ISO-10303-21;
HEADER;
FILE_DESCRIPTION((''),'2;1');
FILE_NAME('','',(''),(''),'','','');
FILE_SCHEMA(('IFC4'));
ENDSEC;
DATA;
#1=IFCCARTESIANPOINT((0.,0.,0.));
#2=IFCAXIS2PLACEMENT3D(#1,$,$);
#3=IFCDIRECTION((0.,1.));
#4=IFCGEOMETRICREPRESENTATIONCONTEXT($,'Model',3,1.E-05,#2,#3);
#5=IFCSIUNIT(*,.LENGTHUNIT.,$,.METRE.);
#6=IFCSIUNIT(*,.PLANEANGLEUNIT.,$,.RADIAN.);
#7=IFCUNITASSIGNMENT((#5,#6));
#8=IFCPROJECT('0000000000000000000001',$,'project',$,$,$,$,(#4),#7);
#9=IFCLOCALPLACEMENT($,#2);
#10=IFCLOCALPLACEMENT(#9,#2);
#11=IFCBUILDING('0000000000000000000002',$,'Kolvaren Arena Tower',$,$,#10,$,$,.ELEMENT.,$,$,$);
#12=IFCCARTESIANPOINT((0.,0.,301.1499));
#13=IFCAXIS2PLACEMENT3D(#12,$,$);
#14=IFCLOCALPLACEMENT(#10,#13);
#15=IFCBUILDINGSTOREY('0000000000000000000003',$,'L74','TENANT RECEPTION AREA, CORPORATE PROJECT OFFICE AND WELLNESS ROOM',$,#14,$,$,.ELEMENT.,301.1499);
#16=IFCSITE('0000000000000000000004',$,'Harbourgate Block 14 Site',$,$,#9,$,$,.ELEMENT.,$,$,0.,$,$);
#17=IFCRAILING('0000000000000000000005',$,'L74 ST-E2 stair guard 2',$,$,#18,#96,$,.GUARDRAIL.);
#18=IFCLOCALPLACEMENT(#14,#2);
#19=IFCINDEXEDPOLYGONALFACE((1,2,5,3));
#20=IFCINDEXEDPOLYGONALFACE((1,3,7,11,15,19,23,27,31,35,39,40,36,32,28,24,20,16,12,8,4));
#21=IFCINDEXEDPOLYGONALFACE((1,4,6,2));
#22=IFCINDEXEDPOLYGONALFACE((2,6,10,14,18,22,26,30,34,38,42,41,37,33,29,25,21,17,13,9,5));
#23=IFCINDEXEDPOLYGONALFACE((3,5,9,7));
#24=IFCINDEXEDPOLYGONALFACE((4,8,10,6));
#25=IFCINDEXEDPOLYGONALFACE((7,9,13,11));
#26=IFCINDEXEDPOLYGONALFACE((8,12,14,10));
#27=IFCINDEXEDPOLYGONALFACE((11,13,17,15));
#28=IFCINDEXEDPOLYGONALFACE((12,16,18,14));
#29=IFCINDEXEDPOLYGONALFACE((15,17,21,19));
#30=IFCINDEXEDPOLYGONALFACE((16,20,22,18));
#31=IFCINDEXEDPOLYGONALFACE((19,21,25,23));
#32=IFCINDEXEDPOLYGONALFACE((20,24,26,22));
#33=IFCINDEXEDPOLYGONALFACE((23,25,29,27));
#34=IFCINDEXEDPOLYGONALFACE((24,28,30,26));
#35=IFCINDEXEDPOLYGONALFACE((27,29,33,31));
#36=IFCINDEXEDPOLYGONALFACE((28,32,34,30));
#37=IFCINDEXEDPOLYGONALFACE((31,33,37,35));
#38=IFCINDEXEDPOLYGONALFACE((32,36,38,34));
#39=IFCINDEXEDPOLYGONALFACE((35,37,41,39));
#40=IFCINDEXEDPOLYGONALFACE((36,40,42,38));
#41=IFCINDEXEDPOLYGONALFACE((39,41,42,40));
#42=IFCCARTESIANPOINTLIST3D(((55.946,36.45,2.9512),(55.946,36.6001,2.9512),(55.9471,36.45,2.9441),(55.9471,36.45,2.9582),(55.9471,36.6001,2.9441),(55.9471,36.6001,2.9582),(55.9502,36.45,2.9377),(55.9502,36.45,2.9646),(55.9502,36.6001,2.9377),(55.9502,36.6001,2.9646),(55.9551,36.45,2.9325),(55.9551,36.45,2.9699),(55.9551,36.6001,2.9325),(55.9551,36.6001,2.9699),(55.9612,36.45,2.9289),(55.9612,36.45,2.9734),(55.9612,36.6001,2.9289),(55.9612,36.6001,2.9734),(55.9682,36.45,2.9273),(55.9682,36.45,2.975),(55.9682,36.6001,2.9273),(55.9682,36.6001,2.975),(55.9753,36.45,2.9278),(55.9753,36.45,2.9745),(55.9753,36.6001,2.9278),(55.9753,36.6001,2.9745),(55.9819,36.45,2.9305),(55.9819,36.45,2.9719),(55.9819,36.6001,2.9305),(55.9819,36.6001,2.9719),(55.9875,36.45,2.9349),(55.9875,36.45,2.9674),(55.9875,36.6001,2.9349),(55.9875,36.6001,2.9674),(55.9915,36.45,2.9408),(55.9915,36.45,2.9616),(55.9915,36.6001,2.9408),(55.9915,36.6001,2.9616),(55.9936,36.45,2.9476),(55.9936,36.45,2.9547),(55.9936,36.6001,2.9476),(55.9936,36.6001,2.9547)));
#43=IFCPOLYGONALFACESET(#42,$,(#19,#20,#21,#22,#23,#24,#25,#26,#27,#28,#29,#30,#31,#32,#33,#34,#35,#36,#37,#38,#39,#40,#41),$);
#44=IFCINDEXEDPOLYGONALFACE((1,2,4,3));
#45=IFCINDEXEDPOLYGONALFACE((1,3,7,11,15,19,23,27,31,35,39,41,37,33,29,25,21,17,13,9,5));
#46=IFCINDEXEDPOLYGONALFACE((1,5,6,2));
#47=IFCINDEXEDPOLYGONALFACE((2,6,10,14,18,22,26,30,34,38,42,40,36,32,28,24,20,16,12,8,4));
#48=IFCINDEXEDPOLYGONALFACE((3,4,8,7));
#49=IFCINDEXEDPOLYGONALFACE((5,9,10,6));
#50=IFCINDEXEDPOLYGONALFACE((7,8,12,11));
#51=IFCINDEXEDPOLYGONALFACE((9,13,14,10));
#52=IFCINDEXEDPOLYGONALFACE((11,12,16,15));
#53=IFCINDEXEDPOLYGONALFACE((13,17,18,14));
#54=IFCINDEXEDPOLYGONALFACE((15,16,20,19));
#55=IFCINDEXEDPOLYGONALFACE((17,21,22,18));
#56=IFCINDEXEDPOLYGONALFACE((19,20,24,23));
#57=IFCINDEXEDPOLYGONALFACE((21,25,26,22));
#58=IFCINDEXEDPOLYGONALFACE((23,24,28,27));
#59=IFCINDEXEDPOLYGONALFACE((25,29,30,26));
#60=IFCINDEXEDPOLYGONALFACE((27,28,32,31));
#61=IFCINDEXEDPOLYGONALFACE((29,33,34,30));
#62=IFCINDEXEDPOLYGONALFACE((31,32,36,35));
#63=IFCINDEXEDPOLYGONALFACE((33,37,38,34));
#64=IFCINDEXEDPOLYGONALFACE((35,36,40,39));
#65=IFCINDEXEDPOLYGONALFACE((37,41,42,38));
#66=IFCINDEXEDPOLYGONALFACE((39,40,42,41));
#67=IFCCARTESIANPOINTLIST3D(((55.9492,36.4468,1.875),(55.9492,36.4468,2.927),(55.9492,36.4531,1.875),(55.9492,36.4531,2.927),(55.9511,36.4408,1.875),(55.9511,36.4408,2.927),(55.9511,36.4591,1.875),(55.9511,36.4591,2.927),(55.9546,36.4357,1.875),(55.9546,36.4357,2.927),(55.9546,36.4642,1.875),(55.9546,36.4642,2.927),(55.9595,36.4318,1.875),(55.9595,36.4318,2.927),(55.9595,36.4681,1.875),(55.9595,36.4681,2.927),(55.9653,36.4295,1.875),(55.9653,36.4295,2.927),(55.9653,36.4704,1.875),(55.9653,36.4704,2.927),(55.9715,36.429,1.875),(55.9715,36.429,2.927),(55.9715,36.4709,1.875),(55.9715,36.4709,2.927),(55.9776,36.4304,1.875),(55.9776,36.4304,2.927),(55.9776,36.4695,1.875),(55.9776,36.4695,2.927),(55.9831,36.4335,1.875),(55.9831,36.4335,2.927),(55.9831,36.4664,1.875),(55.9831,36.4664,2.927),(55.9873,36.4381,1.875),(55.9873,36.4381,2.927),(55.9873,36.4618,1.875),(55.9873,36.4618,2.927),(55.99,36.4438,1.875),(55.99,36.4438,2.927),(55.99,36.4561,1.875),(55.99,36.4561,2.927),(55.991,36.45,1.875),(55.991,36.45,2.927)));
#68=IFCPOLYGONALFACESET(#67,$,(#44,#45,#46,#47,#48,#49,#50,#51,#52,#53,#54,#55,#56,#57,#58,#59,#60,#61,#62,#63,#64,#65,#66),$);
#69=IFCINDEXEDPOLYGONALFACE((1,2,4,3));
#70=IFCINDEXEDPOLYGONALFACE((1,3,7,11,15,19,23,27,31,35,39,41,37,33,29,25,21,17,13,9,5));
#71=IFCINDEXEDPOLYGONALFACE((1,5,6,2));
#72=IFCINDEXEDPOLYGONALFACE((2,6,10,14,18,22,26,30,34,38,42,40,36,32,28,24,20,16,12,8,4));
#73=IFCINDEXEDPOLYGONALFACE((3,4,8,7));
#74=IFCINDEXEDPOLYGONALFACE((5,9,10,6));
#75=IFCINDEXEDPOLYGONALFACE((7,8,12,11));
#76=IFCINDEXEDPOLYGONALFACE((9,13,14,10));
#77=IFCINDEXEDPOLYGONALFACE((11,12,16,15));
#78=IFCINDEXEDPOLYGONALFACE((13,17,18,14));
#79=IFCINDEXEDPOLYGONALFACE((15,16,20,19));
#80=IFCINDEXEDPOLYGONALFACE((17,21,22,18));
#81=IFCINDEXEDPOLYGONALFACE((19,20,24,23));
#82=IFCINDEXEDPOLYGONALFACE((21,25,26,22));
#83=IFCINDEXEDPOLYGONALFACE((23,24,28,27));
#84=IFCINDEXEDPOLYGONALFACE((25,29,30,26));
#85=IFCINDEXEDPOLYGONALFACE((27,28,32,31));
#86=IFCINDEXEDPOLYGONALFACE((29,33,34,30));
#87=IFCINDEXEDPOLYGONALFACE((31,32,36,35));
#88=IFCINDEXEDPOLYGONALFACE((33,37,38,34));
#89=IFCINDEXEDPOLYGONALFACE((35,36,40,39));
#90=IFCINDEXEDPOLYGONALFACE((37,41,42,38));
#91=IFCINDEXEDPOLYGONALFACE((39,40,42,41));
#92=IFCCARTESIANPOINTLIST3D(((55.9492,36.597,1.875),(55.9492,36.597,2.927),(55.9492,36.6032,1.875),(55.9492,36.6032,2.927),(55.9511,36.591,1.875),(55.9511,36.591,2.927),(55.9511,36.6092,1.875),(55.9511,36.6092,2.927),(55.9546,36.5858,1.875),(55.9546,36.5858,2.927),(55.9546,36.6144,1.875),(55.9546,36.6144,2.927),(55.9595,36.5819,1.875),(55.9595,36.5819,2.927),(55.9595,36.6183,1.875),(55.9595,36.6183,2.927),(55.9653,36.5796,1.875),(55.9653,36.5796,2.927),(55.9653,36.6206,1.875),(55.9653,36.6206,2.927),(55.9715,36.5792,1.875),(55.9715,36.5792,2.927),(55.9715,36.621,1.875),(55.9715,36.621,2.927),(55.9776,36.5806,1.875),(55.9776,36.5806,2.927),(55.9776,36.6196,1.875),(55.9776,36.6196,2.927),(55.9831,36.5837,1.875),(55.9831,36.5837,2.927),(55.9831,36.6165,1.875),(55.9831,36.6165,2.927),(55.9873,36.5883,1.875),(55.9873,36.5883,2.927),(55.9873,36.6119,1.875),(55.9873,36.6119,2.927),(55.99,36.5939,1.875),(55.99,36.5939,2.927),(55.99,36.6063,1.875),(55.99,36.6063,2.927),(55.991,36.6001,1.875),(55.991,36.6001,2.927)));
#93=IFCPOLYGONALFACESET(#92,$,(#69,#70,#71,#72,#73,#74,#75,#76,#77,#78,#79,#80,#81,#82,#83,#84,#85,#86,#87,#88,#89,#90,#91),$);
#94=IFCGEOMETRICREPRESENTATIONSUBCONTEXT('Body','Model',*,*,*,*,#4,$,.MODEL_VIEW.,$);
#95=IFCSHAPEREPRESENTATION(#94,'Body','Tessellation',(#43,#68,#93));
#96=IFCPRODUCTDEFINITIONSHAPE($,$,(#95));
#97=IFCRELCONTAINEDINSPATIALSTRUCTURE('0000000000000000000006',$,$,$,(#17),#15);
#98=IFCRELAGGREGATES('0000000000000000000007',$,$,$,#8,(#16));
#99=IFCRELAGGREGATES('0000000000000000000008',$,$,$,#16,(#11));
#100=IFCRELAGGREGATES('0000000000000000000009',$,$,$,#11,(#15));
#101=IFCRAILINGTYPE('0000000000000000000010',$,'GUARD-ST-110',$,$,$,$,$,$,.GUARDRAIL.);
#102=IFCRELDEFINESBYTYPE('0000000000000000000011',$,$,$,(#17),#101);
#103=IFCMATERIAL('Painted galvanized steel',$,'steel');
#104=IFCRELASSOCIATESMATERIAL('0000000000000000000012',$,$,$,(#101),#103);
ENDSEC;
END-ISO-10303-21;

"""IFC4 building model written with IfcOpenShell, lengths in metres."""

from ifc_helpers import new_model, si_unit, direction, frame, origin, origin_2d, place, context, subcontext, project, spatial, circle, extrude, material, type_object, element, save


model = new_model("IFC4")

# Units and contexts
model_context = context("Model", 3, precision=1e-05, world=origin(), true_north=direction((0.0, 1.0)))
body_context = subcontext(model_context, "Body", "Model", "MODEL_VIEW")
ifc_project = project(units=[si_unit("LENGTHUNIT", "METRE"), si_unit("PLANEANGLEUNIT", "RADIAN")], contexts=[model_context])

# Site, building, storey
site_placement = place(None, origin())
site = spatial("IfcSite", under=ifc_project, at=site_placement, Name="Harbourgate Block 14 Site", CompositionType="ELEMENT", RefElevation=0.0)
building_placement = place(site_placement, origin())
building = spatial("IfcBuilding", under=site, at=building_placement, Name="Kolvaren Arena Tower", CompositionType="ELEMENT")
storey_placement = place(building_placement, frame((0.0, 0.0, 301.1499)))
storey = spatial("IfcBuildingStorey", under=building, at=storey_placement, Name="L74", Description="TENANT RECEPTION AREA, CORPORATE PROJECT OFFICE AND WELLNESS ROOM", CompositionType="ELEMENT", Elevation=301.1499)

# Railing
ifc_material_1 = material(Name="Painted galvanized steel", Category="steel")
railing_type_1 = type_object("IfcRailingType", Name="GUARD-ST-110", PredefinedType="GUARDRAIL", material=ifc_material_1)
railing_1_placement = place(storey_placement, frame((55.97, 36.45, 1.875)))
element("IfcRailing", 1, at=railing_1_placement, inside=storey, type_object=railing_type_1, Name="L74 ST-E2 stair guard 2", PredefinedType="GUARDRAIL", context=body_context, shape_type="SweptSolid", body=[
    extrude(circle(Radius=0.0239, at=origin_2d()), frame((0.0, 0.0, 1.0762), z_axis=(0.0, 1.0, 0.0), x_axis=(-1.0, 0.0, 0.0)), (0.0, 0.0, 1.0), 0.1501),
    extrude(circle(Radius=0.021, at=origin_2d()), origin(), (0.0, 0.0, 1.0), 1.052),
    extrude(circle(Radius=0.021, at=origin_2d()), frame((0.0, 0.1501, 0.0)), (0.0, 0.0, 1.0), 1.052),
])

save(model, "model.ifc")
